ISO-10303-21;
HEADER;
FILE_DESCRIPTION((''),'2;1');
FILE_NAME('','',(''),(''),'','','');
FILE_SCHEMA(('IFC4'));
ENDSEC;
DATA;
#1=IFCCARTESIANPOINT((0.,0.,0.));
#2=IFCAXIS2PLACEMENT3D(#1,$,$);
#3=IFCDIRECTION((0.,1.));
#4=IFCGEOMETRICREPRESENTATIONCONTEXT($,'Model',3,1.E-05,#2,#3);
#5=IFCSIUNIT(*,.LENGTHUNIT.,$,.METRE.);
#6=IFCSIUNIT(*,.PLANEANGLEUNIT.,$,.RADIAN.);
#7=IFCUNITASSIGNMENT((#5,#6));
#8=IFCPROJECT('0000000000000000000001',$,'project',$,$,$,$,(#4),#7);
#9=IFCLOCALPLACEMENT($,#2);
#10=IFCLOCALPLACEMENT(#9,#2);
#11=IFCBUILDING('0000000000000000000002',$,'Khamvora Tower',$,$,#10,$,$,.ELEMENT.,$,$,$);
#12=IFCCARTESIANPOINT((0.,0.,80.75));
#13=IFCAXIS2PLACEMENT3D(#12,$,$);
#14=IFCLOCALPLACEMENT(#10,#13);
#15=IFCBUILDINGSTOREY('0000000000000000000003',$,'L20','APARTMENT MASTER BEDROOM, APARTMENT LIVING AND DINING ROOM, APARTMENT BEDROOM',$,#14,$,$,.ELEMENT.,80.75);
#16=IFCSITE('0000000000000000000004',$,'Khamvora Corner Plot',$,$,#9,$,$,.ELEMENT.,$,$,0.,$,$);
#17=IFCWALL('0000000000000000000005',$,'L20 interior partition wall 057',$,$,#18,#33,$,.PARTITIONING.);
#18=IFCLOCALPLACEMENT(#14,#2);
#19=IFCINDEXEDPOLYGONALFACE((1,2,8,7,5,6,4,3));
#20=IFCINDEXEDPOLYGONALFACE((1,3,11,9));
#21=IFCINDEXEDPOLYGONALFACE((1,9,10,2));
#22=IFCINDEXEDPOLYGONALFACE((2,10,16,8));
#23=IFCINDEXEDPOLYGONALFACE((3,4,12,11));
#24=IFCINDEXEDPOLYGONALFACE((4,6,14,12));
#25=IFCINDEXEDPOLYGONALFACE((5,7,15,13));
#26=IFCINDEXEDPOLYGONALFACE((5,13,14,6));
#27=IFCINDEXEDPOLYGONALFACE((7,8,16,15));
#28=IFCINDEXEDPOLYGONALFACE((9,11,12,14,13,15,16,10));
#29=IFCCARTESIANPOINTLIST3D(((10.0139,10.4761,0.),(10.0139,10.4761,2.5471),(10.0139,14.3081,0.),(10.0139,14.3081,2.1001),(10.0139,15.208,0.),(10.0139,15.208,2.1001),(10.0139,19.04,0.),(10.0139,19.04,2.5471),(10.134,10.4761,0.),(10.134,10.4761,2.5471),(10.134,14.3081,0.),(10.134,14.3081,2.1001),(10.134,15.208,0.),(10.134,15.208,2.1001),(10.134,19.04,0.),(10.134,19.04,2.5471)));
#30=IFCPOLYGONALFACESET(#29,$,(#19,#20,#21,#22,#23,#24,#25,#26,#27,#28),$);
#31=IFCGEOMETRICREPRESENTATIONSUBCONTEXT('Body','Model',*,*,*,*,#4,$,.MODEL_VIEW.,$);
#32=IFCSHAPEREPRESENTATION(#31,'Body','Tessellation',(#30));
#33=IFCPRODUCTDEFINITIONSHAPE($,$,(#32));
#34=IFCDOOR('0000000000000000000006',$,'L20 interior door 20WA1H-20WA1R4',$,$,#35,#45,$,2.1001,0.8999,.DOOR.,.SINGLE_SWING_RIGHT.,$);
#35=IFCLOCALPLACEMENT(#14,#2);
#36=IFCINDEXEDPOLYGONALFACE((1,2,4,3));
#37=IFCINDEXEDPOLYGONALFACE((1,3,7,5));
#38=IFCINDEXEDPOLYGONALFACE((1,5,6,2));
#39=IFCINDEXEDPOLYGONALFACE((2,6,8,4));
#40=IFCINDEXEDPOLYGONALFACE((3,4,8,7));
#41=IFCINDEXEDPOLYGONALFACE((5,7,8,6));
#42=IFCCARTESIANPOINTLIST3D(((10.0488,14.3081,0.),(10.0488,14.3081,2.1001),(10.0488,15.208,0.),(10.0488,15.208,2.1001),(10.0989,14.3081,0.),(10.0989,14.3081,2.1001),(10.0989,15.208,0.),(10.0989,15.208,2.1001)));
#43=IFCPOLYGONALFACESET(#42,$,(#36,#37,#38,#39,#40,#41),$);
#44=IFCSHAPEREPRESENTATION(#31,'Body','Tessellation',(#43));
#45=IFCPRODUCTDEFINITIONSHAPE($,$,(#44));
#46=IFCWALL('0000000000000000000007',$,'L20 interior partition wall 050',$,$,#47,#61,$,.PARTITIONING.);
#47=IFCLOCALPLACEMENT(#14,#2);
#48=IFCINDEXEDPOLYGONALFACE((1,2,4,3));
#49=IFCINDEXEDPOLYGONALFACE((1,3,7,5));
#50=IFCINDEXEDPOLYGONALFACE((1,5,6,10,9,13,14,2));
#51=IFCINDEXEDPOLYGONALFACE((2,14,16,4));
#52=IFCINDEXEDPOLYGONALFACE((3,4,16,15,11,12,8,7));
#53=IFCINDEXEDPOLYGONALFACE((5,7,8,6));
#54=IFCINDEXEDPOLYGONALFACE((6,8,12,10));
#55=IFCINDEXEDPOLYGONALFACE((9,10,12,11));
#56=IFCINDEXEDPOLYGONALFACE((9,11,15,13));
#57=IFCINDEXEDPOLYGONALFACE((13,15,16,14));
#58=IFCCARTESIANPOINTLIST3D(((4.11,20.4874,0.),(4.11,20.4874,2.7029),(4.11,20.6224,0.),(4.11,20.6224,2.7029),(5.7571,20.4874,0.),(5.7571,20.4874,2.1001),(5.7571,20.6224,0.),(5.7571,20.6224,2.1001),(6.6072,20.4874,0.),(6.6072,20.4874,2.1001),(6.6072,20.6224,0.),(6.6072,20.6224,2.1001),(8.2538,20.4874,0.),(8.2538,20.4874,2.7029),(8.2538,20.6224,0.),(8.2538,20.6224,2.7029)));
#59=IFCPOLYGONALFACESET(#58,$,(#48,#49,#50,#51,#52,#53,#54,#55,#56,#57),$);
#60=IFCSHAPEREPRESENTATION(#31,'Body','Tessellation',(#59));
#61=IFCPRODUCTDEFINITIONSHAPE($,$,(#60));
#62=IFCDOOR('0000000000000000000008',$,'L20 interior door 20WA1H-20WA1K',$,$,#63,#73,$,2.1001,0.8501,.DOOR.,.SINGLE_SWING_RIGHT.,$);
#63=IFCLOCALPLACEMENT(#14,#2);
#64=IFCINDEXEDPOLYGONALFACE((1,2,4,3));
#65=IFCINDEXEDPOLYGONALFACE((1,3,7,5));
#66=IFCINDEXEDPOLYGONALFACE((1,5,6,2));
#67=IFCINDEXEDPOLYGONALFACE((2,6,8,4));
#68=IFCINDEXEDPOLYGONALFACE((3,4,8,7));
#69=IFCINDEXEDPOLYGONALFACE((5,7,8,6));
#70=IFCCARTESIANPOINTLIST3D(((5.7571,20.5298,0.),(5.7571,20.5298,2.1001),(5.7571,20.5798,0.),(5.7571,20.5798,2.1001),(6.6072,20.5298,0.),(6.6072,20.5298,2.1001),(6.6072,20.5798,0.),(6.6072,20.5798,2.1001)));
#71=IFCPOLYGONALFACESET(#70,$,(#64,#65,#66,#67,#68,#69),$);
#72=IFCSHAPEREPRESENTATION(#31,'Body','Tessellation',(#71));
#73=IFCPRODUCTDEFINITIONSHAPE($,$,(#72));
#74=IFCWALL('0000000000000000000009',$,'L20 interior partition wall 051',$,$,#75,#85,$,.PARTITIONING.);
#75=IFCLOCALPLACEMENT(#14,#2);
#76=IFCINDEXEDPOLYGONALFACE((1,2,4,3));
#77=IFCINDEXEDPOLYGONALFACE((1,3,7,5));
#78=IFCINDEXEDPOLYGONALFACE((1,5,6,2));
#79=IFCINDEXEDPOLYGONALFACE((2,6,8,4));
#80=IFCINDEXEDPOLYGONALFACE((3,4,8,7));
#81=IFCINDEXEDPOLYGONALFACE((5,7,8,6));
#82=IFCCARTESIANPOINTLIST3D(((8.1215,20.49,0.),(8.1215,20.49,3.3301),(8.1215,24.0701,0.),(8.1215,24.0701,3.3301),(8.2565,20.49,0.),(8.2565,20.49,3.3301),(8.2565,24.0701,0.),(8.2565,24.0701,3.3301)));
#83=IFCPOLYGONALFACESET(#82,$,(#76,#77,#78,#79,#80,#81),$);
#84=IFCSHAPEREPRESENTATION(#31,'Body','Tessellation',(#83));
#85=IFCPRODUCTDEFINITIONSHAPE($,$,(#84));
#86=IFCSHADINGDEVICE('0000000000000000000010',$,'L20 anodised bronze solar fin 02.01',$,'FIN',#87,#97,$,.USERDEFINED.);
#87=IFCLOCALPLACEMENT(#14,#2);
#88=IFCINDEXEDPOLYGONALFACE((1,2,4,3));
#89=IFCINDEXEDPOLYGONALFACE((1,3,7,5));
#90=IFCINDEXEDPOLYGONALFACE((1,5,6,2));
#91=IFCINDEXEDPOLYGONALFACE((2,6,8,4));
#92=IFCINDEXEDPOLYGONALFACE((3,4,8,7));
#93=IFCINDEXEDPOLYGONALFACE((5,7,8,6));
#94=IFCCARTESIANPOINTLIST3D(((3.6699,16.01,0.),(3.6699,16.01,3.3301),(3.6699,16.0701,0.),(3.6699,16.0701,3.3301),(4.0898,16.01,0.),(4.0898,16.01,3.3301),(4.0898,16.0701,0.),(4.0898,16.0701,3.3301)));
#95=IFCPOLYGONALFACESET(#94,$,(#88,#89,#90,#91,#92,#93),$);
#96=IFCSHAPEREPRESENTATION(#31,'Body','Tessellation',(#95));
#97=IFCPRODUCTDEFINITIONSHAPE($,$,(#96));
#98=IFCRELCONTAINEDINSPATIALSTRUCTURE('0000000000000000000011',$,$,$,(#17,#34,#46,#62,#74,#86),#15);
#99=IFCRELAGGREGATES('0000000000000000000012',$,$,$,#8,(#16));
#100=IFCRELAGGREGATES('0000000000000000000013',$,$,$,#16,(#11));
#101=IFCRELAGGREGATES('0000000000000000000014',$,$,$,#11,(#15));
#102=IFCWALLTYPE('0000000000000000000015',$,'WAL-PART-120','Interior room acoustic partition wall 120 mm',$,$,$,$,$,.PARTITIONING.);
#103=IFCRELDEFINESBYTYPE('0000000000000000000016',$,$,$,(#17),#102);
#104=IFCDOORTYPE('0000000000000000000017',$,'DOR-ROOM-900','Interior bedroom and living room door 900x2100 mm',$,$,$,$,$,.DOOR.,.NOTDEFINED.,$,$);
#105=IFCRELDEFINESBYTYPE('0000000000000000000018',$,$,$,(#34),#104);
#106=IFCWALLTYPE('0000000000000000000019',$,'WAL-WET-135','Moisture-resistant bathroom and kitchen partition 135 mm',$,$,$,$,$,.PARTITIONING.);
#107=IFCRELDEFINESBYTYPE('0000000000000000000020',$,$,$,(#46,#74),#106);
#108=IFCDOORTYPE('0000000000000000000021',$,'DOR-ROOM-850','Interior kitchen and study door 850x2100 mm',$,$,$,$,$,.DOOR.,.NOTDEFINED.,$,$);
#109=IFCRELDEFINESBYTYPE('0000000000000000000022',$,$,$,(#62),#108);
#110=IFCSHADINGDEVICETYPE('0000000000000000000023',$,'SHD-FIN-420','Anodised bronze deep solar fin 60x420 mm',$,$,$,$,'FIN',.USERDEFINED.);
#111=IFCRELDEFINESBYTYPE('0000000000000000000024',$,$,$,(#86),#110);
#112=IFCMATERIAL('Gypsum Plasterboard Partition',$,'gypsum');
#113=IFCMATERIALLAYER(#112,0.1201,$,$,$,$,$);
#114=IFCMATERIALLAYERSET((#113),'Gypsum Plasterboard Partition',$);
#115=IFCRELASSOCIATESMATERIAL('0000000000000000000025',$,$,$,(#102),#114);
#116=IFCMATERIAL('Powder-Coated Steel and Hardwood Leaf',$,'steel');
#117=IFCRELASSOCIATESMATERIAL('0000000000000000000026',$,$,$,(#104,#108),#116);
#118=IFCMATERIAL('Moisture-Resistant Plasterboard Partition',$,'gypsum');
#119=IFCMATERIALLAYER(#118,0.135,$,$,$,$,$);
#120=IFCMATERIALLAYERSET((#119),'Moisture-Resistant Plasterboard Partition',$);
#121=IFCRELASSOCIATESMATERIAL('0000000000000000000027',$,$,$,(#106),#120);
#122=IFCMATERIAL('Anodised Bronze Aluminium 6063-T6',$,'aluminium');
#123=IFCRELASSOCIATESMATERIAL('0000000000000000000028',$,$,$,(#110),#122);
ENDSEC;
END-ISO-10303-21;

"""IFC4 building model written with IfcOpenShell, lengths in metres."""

from ifc_helpers import new_model, si_unit, direction, frame, frame_2d, origin, origin_2d, place, context, subcontext, project, spatial, rectangle, extrude, material, layer, layer_set, type_object, element, fill, save


model = new_model("IFC4")

# Units and contexts
model_context = context("Model", 3, precision=1e-05, world=origin(), true_north=direction((0.0, 1.0)))
body_context = subcontext(model_context, "Body", "Model", "MODEL_VIEW")
ifc_project = project(units=[si_unit("LENGTHUNIT", "METRE"), si_unit("PLANEANGLEUNIT", "RADIAN")], contexts=[model_context])

# Site, building, storey
site_placement = place(None, origin())
site = spatial("IfcSite", under=ifc_project, at=site_placement, Name="Khamvora Corner Plot", CompositionType="ELEMENT", RefElevation=0.0)
building_placement = place(site_placement, origin())
building = spatial("IfcBuilding", under=site, at=building_placement, Name="Khamvora Tower", CompositionType="ELEMENT")
storey_placement = place(building_placement, frame((0.0, 0.0, 80.75)))
storey = spatial("IfcBuildingStorey", under=building, at=storey_placement, Name="L20", Description="APARTMENT MASTER BEDROOM, APARTMENT LIVING AND DINING ROOM, APARTMENT BEDROOM", CompositionType="ELEMENT", Elevation=80.75)

# Shared definitions
ifc_material_1 = material(Name="Gypsum Plasterboard Partition", Category="gypsum")
ifc_layer_1 = layer(ifc_material_1, 0.1201)
ifc_layer_set_1 = layer_set([ifc_layer_1], Name="Gypsum Plasterboard Partition")
wall_type_1 = type_object("IfcWallType", Name="WAL-PART-120", Description="Interior room acoustic partition wall 120 mm", PredefinedType="PARTITIONING", material=ifc_layer_set_1)

# Walls, openings, doors
wall_1_placement = place(storey_placement, frame((10.074, 19.04, 0.0), z_axis=(0.0, 0.0, 1.0), x_axis=(0.0, -1.0, 0.0)))
wall_1 = element("IfcWall", 1, at=wall_1_placement, inside=storey, type_object=wall_type_1, Name="L20 interior partition wall 057", PredefinedType="PARTITIONING", context=body_context, shape_type="SweptSolid", body=[
    extrude(rectangle(XDim=8.564, YDim=0.1201, at=frame_2d((4.282, 0.0))), origin(), (0.0, 0.0, 1.0), 2.5471),
])
opening_1_placement = place(wall_1_placement, frame((3.832, 0.0, 0.0)))
opening_1 = element("IfcOpeningElement", 2, at=opening_1_placement, cuts=wall_1, PredefinedType="OPENING", context=body_context, shape_type="SweptSolid", body=[
    extrude(rectangle(XDim=0.8999, YDim=2.1001, at=frame_2d((0.45, 1.05))), frame((0.0, 0.0701, 0.0), z_axis=(0.0, -1.0, 0.0), x_axis=(1.0, 0.0, 0.0)), (0.0, 0.0, 1.0), 0.1401),
])
ifc_material_2 = material(Name="Powder-Coated Steel and Hardwood Leaf", Category="steel")
door_type_1 = type_object("IfcDoorType", Name="DOR-ROOM-900", Description="Interior bedroom and living room door 900x2100 mm", OperationType="NOTDEFINED", PredefinedType="DOOR", material=ifc_material_2)
door_1_placement = place(opening_1_placement, origin())
door_1 = element("IfcDoor", 3, at=door_1_placement, inside=storey, type_object=door_type_1, Name="L20 interior door 20WA1H-20WA1R4", OperationType="SINGLE_SWING_RIGHT", OverallHeight=2.1001, OverallWidth=0.8999, PredefinedType="DOOR", context=body_context, shape_type="SweptSolid", body=[
    extrude(rectangle(XDim=0.8999, YDim=2.1001, at=frame_2d((0.45, 1.05))), frame((0.0, 0.0249, 0.0), z_axis=(0.0, -1.0, 0.0), x_axis=(1.0, 0.0, 0.0)), (0.0, 0.0, 1.0), 0.05),
])
fill(opening_1, door_1)
ifc_material_3 = material(Name="Moisture-Resistant Plasterboard Partition", Category="gypsum")
ifc_layer_2 = layer(ifc_material_3, 0.135)
ifc_layer_set_2 = layer_set([ifc_layer_2], Name="Moisture-Resistant Plasterboard Partition")
wall_type_2 = type_object("IfcWallType", Name="WAL-WET-135", Description="Moisture-resistant bathroom and kitchen partition 135 mm", PredefinedType="PARTITIONING", material=ifc_layer_set_2)
wall_2_placement = place(storey_placement, frame((4.1101, 20.5549, 0.0), z_axis=(0.0, 0.0, 1.0), x_axis=(1.0, 0.0, 0.0)))
wall_2 = element("IfcWall", 4, at=wall_2_placement, inside=storey, type_object=wall_type_2, Name="L20 interior partition wall 050", PredefinedType="PARTITIONING", context=body_context, shape_type="SweptSolid", body=[
    extrude(rectangle(XDim=4.1438, YDim=0.135, at=frame_2d((2.0718, 0.0))), origin(), (0.0, 0.0, 1.0), 2.7029),
])
opening_2_placement = place(wall_2_placement, frame((1.647, 0.0, 0.0)))
opening_2 = element("IfcOpeningElement", 5, at=opening_2_placement, cuts=wall_2, PredefinedType="OPENING", context=body_context, shape_type="SweptSolid", body=[
    extrude(rectangle(XDim=0.8501, YDim=2.1001, at=frame_2d((0.425, 1.05))), frame((0.0, 0.0774, 0.0), z_axis=(0.0, -1.0, 0.0), x_axis=(1.0, 0.0, 0.0)), (0.0, 0.0, 1.0), 0.155),
])
door_type_2 = type_object("IfcDoorType", Name="DOR-ROOM-850", Description="Interior kitchen and study door 850x2100 mm", OperationType="NOTDEFINED", PredefinedType="DOOR", material=ifc_material_2)
door_2_placement = place(opening_2_placement, origin())
door_2 = element("IfcDoor", 6, at=door_2_placement, inside=storey, type_object=door_type_2, Name="L20 interior door 20WA1H-20WA1K", OperationType="SINGLE_SWING_RIGHT", OverallHeight=2.1001, OverallWidth=0.8501, PredefinedType="DOOR", context=body_context, shape_type="SweptSolid", body=[
    extrude(rectangle(XDim=0.8501, YDim=2.1001, at=frame_2d((0.425, 1.05))), frame((0.0, 0.0249, 0.0), z_axis=(0.0, -1.0, 0.0), x_axis=(1.0, 0.0, 0.0)), (0.0, 0.0, 1.0), 0.05),
])
fill(opening_2, door_2)

# Wall
wall_3_placement = place(storey_placement, frame((8.189, 20.49, 0.0), z_axis=(0.0, 0.0, 1.0), x_axis=(0.0, 1.0, 0.0)))
element("IfcWall", 7, at=wall_3_placement, inside=storey, type_object=wall_type_2, Name="L20 interior partition wall 051", PredefinedType="PARTITIONING", context=body_context, shape_type="SweptSolid", body=[
    extrude(rectangle(XDim=3.5801, YDim=0.135, at=frame_2d((1.79, 0.0))), origin(), (0.0, 0.0, 1.0), 3.3301),
])

# Shading device
ifc_material_4 = material(Name="Anodised Bronze Aluminium 6063-T6", Category="aluminium")
shading_device_type = type_object("IfcShadingDeviceType", Name="SHD-FIN-420", Description="Anodised bronze deep solar fin 60x420 mm", ElementType="FIN", PredefinedType="USERDEFINED", material=ifc_material_4)
shading_device_placement = place(storey_placement, frame((3.8799, 16.04, 0.0), z_axis=(0.0, 0.0, 1.0), x_axis=(0.0, 1.0, 0.0)))
element("IfcShadingDevice", 8, at=shading_device_placement, inside=storey, type_object=shading_device_type, Name="L20 anodised bronze solar fin 02.01", ObjectType="FIN", PredefinedType="USERDEFINED", context=body_context, shape_type="SweptSolid", body=[
    extrude(rectangle(XDim=0.0601, YDim=0.4199, at=origin_2d()), origin(), (0.0, 0.0, 1.0), 3.3301),
])

save(model, "model.ifc")
